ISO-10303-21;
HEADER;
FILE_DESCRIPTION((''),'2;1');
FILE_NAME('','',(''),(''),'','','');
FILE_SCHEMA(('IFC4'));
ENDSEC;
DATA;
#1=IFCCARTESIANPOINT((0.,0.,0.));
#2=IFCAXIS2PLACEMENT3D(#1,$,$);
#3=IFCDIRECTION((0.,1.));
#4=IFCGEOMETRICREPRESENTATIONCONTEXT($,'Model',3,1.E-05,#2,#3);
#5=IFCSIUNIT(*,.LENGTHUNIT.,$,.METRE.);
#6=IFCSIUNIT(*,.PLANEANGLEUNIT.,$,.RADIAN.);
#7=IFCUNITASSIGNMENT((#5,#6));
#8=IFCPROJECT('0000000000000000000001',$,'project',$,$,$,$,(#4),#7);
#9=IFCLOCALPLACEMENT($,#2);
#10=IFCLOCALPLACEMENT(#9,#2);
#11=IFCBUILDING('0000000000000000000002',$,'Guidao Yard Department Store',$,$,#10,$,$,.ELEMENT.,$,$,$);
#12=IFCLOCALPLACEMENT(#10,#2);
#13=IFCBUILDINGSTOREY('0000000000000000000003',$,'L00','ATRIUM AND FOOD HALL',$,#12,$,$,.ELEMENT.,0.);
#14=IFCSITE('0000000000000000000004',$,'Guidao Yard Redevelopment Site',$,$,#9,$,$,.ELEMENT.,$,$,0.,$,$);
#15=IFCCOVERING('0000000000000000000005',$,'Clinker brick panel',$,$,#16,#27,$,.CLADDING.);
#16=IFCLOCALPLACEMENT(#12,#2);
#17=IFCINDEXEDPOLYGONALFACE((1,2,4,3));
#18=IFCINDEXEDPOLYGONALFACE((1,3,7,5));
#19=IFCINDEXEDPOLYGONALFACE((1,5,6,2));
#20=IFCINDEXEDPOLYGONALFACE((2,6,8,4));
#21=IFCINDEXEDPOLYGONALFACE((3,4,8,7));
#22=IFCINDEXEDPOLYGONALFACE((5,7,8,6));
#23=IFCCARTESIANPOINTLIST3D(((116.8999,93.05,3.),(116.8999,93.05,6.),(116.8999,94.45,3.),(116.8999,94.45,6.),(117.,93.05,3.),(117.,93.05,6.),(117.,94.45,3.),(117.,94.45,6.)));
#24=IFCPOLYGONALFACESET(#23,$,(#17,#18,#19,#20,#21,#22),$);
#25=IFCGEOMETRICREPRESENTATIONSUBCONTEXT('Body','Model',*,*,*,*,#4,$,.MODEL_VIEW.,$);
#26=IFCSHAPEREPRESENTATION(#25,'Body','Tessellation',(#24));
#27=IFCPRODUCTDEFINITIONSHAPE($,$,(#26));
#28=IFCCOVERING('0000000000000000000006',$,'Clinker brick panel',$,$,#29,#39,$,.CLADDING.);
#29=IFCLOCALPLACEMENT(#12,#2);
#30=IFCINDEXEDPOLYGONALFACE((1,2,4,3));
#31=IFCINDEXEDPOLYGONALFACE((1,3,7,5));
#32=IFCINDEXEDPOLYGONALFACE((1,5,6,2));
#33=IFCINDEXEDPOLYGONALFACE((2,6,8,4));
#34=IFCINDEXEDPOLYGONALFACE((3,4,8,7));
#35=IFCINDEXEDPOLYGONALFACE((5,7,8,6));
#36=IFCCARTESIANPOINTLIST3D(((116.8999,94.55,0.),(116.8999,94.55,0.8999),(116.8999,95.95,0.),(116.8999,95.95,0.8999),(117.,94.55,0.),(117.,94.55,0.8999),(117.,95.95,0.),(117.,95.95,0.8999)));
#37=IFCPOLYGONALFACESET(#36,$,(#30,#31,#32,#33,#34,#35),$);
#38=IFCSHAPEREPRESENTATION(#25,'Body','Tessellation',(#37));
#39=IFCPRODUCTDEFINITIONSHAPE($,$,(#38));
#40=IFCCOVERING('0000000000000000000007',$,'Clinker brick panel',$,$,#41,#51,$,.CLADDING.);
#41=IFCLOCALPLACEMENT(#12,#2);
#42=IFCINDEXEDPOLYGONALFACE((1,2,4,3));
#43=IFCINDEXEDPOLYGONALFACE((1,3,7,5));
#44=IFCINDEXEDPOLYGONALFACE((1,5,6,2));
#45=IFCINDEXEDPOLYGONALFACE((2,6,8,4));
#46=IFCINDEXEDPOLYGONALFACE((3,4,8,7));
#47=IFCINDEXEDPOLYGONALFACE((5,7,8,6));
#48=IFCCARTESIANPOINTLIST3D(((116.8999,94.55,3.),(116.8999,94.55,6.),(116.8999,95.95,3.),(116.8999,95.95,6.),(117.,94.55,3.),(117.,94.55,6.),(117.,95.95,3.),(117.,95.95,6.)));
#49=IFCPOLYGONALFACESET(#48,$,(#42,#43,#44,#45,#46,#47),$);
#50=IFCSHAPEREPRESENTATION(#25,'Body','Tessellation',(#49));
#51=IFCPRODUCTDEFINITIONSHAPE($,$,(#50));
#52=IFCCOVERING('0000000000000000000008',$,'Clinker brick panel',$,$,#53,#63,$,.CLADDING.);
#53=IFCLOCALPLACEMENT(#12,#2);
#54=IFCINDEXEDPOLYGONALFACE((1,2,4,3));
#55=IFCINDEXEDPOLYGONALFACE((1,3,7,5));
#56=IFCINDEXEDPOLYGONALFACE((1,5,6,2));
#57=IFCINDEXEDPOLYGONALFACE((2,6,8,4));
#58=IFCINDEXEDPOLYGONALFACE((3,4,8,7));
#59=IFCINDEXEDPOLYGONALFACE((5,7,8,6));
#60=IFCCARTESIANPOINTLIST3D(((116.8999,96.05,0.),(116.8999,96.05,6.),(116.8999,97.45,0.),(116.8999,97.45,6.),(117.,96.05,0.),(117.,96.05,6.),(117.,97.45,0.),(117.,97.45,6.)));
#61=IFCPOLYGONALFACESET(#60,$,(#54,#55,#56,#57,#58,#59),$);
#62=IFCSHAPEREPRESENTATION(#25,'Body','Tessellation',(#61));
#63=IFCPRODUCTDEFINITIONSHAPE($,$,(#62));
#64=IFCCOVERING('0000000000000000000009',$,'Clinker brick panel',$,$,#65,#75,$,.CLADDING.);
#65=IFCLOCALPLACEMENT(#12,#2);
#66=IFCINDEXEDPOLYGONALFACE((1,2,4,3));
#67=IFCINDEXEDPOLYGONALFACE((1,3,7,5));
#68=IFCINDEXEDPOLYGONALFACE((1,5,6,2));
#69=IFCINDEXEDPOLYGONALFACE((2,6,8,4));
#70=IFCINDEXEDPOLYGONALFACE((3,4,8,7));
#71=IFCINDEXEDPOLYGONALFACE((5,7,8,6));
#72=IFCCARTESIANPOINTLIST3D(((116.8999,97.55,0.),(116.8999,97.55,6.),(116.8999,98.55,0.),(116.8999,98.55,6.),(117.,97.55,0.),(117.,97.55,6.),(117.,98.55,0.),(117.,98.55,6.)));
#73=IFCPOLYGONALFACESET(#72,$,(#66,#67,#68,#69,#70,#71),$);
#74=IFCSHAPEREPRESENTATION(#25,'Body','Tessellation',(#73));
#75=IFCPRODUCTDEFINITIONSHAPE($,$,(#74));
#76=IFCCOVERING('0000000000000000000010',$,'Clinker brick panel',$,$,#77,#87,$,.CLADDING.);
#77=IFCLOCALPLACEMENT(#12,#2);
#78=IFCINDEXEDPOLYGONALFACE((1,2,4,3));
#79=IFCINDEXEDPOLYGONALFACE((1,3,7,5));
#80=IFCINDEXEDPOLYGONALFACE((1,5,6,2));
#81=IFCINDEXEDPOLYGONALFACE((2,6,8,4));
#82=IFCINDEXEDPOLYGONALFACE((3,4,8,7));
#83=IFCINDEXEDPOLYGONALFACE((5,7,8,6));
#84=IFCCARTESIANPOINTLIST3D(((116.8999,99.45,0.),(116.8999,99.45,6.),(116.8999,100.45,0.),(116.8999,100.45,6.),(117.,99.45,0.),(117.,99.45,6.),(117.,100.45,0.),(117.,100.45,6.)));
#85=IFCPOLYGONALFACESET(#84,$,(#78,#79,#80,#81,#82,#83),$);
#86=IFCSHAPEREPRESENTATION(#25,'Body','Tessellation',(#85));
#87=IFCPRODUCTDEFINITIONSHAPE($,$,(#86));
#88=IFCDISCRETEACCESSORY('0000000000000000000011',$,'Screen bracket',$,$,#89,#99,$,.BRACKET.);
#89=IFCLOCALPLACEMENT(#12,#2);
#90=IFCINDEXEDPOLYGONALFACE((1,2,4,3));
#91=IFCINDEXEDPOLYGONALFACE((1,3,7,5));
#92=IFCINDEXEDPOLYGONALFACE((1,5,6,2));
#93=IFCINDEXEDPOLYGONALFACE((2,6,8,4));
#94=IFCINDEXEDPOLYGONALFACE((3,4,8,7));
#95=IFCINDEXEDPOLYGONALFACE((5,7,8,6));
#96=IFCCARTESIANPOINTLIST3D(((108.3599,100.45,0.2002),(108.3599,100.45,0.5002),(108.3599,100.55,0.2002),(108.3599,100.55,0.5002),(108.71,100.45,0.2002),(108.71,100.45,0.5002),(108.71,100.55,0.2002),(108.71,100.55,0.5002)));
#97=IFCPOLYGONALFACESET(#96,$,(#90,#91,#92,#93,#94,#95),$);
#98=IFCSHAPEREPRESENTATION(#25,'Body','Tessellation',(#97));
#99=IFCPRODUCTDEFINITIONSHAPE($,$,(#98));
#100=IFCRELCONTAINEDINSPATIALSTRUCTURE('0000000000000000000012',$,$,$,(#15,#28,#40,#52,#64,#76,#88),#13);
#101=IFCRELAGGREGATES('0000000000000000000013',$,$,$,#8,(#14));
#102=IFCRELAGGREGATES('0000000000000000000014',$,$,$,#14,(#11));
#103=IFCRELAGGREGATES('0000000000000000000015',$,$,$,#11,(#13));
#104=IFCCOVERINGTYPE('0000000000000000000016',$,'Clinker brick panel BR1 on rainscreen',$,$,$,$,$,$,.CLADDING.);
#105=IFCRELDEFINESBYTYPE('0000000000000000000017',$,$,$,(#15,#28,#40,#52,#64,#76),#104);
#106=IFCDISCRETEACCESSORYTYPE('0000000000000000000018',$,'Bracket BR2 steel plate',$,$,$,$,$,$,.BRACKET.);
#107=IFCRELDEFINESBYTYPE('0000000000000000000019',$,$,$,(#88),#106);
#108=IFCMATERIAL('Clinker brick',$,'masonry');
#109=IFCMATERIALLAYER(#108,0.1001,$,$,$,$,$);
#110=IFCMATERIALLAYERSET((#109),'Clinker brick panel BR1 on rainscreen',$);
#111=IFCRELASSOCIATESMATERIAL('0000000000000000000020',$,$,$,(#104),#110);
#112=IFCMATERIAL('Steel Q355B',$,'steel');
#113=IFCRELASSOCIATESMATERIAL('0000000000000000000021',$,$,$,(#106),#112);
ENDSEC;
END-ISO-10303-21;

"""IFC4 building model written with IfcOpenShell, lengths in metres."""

from ifc_helpers import new_model, si_unit, direction, frame, origin, origin_2d, place, context, subcontext, project, spatial, rectangle, extrude, material, layer, layer_set, type_object, element, save


model = new_model("IFC4")

# Units and contexts
model_context = context("Model", 3, precision=1e-05, world=origin(), true_north=direction((0.0, 1.0)))
body_context = subcontext(model_context, "Body", "Model", "MODEL_VIEW")
ifc_project = project(units=[si_unit("LENGTHUNIT", "METRE"), si_unit("PLANEANGLEUNIT", "RADIAN")], contexts=[model_context])

# Site, building, storey
site_placement = place(None, origin())
site = spatial("IfcSite", under=ifc_project, at=site_placement, Name="Guidao Yard Redevelopment Site", CompositionType="ELEMENT", RefElevation=0.0)
building_placement = place(site_placement, origin())
building = spatial("IfcBuilding", under=site, at=building_placement, Name="Guidao Yard Department Store", CompositionType="ELEMENT")
storey_placement = place(building_placement, origin())
storey = spatial("IfcBuildingStorey", under=building, at=storey_placement, Name="L00", Description="ATRIUM AND FOOD HALL", CompositionType="ELEMENT", Elevation=0.0)

# Coverings
ifc_material_1 = material(Name="Clinker brick", Category="masonry")
ifc_layer_1 = layer(ifc_material_1, 0.1001)
ifc_layer_set_1 = layer_set([ifc_layer_1], Name="Clinker brick panel BR1 on rainscreen")
covering_type = type_object("IfcCoveringType", Name="Clinker brick panel BR1 on rainscreen", PredefinedType="CLADDING", material=ifc_layer_set_1)
covering_1_placement = place(storey_placement, frame((116.95, 93.75, 3.0), z_axis=(0.0, 0.0, 1.0), x_axis=(0.0, 1.0, 0.0)))
element("IfcCovering", 1, at=covering_1_placement, inside=storey, type_object=covering_type, Name="Clinker brick panel", PredefinedType="CLADDING", context=body_context, shape_type="SweptSolid", body=[
    extrude(rectangle(XDim=1.3999, YDim=0.1001, at=origin_2d()), origin(), (0.0, 0.0, 1.0), 3.0),
])
covering_2_placement = place(storey_placement, frame((116.95, 95.25, 0.0), z_axis=(0.0, 0.0, 1.0), x_axis=(0.0, 1.0, 0.0)))
element("IfcCovering", 2, at=covering_2_placement, inside=storey, type_object=covering_type, Name="Clinker brick panel", PredefinedType="CLADDING", context=body_context, shape_type="SweptSolid", body=[
    extrude(rectangle(XDim=1.3999, YDim=0.1001, at=origin_2d()), origin(), (0.0, 0.0, 1.0), 0.8999),
])
covering_3_placement = place(storey_placement, frame((116.95, 95.25, 3.0), z_axis=(0.0, 0.0, 1.0), x_axis=(0.0, 1.0, 0.0)))
element("IfcCovering", 3, at=covering_3_placement, inside=storey, type_object=covering_type, Name="Clinker brick panel", PredefinedType="CLADDING", context=body_context, shape_type="SweptSolid", body=[
    extrude(rectangle(XDim=1.3999, YDim=0.1001, at=origin_2d()), origin(), (0.0, 0.0, 1.0), 3.0),
])
covering_4_placement = place(storey_placement, frame((116.95, 96.75, 0.0), z_axis=(0.0, 0.0, 1.0), x_axis=(0.0, 1.0, 0.0)))
element("IfcCovering", 4, at=covering_4_placement, inside=storey, type_object=covering_type, Name="Clinker brick panel", PredefinedType="CLADDING", context=body_context, shape_type="SweptSolid", body=[
    extrude(rectangle(XDim=1.3999, YDim=0.1001, at=origin_2d()), origin(), (0.0, 0.0, 1.0), 6.0),
])
for number, where, z_axis, x_axis, name in (
    (5, (116.95, 98.05, 0.0), (0.0, 0.0, 1.0), (0.0, 1.0, 0.0), "Clinker brick panel"),
    (6, (116.95, 99.95, 0.0), (0.0, 0.0, 1.0), (0.0, 1.0, 0.0), "Clinker brick panel"),
):
    element("IfcCovering", number, at=place(storey_placement, frame(where, z_axis=z_axis, x_axis=x_axis)), inside=storey, type_object=covering_type, Name=name, PredefinedType="CLADDING", context=body_context, shape_type="SweptSolid", body=[
        extrude(rectangle(XDim=1.0, YDim=0.1001, at=origin_2d()), origin(), (0.0, 0.0, 1.0), 6.0),
    ])

# Discrete accessory
ifc_material_2 = material(Name="Steel Q355B", Category="steel")
discrete_accessory_type = type_object("IfcDiscreteAccessoryType", Name="Bracket BR2 steel plate", PredefinedType="BRACKET", material=ifc_material_2)
discrete_accessory_placement = place(storey_placement, frame((108.5349, 100.5, 0.2002), z_axis=(0.0, 0.0, 1.0), x_axis=(0.0, -1.0, 0.0)))
element("IfcDiscreteAccessory", 7, at=discrete_accessory_placement, inside=storey, type_object=discrete_accessory_type, Name="Screen bracket", PredefinedType="BRACKET", context=body_context, shape_type="SweptSolid", body=[
    extrude(rectangle(XDim=0.1001, YDim=0.3501, at=origin_2d()), origin(), (0.0, 0.0, 1.0), 0.3),
])

save(model, "model.ifc")
